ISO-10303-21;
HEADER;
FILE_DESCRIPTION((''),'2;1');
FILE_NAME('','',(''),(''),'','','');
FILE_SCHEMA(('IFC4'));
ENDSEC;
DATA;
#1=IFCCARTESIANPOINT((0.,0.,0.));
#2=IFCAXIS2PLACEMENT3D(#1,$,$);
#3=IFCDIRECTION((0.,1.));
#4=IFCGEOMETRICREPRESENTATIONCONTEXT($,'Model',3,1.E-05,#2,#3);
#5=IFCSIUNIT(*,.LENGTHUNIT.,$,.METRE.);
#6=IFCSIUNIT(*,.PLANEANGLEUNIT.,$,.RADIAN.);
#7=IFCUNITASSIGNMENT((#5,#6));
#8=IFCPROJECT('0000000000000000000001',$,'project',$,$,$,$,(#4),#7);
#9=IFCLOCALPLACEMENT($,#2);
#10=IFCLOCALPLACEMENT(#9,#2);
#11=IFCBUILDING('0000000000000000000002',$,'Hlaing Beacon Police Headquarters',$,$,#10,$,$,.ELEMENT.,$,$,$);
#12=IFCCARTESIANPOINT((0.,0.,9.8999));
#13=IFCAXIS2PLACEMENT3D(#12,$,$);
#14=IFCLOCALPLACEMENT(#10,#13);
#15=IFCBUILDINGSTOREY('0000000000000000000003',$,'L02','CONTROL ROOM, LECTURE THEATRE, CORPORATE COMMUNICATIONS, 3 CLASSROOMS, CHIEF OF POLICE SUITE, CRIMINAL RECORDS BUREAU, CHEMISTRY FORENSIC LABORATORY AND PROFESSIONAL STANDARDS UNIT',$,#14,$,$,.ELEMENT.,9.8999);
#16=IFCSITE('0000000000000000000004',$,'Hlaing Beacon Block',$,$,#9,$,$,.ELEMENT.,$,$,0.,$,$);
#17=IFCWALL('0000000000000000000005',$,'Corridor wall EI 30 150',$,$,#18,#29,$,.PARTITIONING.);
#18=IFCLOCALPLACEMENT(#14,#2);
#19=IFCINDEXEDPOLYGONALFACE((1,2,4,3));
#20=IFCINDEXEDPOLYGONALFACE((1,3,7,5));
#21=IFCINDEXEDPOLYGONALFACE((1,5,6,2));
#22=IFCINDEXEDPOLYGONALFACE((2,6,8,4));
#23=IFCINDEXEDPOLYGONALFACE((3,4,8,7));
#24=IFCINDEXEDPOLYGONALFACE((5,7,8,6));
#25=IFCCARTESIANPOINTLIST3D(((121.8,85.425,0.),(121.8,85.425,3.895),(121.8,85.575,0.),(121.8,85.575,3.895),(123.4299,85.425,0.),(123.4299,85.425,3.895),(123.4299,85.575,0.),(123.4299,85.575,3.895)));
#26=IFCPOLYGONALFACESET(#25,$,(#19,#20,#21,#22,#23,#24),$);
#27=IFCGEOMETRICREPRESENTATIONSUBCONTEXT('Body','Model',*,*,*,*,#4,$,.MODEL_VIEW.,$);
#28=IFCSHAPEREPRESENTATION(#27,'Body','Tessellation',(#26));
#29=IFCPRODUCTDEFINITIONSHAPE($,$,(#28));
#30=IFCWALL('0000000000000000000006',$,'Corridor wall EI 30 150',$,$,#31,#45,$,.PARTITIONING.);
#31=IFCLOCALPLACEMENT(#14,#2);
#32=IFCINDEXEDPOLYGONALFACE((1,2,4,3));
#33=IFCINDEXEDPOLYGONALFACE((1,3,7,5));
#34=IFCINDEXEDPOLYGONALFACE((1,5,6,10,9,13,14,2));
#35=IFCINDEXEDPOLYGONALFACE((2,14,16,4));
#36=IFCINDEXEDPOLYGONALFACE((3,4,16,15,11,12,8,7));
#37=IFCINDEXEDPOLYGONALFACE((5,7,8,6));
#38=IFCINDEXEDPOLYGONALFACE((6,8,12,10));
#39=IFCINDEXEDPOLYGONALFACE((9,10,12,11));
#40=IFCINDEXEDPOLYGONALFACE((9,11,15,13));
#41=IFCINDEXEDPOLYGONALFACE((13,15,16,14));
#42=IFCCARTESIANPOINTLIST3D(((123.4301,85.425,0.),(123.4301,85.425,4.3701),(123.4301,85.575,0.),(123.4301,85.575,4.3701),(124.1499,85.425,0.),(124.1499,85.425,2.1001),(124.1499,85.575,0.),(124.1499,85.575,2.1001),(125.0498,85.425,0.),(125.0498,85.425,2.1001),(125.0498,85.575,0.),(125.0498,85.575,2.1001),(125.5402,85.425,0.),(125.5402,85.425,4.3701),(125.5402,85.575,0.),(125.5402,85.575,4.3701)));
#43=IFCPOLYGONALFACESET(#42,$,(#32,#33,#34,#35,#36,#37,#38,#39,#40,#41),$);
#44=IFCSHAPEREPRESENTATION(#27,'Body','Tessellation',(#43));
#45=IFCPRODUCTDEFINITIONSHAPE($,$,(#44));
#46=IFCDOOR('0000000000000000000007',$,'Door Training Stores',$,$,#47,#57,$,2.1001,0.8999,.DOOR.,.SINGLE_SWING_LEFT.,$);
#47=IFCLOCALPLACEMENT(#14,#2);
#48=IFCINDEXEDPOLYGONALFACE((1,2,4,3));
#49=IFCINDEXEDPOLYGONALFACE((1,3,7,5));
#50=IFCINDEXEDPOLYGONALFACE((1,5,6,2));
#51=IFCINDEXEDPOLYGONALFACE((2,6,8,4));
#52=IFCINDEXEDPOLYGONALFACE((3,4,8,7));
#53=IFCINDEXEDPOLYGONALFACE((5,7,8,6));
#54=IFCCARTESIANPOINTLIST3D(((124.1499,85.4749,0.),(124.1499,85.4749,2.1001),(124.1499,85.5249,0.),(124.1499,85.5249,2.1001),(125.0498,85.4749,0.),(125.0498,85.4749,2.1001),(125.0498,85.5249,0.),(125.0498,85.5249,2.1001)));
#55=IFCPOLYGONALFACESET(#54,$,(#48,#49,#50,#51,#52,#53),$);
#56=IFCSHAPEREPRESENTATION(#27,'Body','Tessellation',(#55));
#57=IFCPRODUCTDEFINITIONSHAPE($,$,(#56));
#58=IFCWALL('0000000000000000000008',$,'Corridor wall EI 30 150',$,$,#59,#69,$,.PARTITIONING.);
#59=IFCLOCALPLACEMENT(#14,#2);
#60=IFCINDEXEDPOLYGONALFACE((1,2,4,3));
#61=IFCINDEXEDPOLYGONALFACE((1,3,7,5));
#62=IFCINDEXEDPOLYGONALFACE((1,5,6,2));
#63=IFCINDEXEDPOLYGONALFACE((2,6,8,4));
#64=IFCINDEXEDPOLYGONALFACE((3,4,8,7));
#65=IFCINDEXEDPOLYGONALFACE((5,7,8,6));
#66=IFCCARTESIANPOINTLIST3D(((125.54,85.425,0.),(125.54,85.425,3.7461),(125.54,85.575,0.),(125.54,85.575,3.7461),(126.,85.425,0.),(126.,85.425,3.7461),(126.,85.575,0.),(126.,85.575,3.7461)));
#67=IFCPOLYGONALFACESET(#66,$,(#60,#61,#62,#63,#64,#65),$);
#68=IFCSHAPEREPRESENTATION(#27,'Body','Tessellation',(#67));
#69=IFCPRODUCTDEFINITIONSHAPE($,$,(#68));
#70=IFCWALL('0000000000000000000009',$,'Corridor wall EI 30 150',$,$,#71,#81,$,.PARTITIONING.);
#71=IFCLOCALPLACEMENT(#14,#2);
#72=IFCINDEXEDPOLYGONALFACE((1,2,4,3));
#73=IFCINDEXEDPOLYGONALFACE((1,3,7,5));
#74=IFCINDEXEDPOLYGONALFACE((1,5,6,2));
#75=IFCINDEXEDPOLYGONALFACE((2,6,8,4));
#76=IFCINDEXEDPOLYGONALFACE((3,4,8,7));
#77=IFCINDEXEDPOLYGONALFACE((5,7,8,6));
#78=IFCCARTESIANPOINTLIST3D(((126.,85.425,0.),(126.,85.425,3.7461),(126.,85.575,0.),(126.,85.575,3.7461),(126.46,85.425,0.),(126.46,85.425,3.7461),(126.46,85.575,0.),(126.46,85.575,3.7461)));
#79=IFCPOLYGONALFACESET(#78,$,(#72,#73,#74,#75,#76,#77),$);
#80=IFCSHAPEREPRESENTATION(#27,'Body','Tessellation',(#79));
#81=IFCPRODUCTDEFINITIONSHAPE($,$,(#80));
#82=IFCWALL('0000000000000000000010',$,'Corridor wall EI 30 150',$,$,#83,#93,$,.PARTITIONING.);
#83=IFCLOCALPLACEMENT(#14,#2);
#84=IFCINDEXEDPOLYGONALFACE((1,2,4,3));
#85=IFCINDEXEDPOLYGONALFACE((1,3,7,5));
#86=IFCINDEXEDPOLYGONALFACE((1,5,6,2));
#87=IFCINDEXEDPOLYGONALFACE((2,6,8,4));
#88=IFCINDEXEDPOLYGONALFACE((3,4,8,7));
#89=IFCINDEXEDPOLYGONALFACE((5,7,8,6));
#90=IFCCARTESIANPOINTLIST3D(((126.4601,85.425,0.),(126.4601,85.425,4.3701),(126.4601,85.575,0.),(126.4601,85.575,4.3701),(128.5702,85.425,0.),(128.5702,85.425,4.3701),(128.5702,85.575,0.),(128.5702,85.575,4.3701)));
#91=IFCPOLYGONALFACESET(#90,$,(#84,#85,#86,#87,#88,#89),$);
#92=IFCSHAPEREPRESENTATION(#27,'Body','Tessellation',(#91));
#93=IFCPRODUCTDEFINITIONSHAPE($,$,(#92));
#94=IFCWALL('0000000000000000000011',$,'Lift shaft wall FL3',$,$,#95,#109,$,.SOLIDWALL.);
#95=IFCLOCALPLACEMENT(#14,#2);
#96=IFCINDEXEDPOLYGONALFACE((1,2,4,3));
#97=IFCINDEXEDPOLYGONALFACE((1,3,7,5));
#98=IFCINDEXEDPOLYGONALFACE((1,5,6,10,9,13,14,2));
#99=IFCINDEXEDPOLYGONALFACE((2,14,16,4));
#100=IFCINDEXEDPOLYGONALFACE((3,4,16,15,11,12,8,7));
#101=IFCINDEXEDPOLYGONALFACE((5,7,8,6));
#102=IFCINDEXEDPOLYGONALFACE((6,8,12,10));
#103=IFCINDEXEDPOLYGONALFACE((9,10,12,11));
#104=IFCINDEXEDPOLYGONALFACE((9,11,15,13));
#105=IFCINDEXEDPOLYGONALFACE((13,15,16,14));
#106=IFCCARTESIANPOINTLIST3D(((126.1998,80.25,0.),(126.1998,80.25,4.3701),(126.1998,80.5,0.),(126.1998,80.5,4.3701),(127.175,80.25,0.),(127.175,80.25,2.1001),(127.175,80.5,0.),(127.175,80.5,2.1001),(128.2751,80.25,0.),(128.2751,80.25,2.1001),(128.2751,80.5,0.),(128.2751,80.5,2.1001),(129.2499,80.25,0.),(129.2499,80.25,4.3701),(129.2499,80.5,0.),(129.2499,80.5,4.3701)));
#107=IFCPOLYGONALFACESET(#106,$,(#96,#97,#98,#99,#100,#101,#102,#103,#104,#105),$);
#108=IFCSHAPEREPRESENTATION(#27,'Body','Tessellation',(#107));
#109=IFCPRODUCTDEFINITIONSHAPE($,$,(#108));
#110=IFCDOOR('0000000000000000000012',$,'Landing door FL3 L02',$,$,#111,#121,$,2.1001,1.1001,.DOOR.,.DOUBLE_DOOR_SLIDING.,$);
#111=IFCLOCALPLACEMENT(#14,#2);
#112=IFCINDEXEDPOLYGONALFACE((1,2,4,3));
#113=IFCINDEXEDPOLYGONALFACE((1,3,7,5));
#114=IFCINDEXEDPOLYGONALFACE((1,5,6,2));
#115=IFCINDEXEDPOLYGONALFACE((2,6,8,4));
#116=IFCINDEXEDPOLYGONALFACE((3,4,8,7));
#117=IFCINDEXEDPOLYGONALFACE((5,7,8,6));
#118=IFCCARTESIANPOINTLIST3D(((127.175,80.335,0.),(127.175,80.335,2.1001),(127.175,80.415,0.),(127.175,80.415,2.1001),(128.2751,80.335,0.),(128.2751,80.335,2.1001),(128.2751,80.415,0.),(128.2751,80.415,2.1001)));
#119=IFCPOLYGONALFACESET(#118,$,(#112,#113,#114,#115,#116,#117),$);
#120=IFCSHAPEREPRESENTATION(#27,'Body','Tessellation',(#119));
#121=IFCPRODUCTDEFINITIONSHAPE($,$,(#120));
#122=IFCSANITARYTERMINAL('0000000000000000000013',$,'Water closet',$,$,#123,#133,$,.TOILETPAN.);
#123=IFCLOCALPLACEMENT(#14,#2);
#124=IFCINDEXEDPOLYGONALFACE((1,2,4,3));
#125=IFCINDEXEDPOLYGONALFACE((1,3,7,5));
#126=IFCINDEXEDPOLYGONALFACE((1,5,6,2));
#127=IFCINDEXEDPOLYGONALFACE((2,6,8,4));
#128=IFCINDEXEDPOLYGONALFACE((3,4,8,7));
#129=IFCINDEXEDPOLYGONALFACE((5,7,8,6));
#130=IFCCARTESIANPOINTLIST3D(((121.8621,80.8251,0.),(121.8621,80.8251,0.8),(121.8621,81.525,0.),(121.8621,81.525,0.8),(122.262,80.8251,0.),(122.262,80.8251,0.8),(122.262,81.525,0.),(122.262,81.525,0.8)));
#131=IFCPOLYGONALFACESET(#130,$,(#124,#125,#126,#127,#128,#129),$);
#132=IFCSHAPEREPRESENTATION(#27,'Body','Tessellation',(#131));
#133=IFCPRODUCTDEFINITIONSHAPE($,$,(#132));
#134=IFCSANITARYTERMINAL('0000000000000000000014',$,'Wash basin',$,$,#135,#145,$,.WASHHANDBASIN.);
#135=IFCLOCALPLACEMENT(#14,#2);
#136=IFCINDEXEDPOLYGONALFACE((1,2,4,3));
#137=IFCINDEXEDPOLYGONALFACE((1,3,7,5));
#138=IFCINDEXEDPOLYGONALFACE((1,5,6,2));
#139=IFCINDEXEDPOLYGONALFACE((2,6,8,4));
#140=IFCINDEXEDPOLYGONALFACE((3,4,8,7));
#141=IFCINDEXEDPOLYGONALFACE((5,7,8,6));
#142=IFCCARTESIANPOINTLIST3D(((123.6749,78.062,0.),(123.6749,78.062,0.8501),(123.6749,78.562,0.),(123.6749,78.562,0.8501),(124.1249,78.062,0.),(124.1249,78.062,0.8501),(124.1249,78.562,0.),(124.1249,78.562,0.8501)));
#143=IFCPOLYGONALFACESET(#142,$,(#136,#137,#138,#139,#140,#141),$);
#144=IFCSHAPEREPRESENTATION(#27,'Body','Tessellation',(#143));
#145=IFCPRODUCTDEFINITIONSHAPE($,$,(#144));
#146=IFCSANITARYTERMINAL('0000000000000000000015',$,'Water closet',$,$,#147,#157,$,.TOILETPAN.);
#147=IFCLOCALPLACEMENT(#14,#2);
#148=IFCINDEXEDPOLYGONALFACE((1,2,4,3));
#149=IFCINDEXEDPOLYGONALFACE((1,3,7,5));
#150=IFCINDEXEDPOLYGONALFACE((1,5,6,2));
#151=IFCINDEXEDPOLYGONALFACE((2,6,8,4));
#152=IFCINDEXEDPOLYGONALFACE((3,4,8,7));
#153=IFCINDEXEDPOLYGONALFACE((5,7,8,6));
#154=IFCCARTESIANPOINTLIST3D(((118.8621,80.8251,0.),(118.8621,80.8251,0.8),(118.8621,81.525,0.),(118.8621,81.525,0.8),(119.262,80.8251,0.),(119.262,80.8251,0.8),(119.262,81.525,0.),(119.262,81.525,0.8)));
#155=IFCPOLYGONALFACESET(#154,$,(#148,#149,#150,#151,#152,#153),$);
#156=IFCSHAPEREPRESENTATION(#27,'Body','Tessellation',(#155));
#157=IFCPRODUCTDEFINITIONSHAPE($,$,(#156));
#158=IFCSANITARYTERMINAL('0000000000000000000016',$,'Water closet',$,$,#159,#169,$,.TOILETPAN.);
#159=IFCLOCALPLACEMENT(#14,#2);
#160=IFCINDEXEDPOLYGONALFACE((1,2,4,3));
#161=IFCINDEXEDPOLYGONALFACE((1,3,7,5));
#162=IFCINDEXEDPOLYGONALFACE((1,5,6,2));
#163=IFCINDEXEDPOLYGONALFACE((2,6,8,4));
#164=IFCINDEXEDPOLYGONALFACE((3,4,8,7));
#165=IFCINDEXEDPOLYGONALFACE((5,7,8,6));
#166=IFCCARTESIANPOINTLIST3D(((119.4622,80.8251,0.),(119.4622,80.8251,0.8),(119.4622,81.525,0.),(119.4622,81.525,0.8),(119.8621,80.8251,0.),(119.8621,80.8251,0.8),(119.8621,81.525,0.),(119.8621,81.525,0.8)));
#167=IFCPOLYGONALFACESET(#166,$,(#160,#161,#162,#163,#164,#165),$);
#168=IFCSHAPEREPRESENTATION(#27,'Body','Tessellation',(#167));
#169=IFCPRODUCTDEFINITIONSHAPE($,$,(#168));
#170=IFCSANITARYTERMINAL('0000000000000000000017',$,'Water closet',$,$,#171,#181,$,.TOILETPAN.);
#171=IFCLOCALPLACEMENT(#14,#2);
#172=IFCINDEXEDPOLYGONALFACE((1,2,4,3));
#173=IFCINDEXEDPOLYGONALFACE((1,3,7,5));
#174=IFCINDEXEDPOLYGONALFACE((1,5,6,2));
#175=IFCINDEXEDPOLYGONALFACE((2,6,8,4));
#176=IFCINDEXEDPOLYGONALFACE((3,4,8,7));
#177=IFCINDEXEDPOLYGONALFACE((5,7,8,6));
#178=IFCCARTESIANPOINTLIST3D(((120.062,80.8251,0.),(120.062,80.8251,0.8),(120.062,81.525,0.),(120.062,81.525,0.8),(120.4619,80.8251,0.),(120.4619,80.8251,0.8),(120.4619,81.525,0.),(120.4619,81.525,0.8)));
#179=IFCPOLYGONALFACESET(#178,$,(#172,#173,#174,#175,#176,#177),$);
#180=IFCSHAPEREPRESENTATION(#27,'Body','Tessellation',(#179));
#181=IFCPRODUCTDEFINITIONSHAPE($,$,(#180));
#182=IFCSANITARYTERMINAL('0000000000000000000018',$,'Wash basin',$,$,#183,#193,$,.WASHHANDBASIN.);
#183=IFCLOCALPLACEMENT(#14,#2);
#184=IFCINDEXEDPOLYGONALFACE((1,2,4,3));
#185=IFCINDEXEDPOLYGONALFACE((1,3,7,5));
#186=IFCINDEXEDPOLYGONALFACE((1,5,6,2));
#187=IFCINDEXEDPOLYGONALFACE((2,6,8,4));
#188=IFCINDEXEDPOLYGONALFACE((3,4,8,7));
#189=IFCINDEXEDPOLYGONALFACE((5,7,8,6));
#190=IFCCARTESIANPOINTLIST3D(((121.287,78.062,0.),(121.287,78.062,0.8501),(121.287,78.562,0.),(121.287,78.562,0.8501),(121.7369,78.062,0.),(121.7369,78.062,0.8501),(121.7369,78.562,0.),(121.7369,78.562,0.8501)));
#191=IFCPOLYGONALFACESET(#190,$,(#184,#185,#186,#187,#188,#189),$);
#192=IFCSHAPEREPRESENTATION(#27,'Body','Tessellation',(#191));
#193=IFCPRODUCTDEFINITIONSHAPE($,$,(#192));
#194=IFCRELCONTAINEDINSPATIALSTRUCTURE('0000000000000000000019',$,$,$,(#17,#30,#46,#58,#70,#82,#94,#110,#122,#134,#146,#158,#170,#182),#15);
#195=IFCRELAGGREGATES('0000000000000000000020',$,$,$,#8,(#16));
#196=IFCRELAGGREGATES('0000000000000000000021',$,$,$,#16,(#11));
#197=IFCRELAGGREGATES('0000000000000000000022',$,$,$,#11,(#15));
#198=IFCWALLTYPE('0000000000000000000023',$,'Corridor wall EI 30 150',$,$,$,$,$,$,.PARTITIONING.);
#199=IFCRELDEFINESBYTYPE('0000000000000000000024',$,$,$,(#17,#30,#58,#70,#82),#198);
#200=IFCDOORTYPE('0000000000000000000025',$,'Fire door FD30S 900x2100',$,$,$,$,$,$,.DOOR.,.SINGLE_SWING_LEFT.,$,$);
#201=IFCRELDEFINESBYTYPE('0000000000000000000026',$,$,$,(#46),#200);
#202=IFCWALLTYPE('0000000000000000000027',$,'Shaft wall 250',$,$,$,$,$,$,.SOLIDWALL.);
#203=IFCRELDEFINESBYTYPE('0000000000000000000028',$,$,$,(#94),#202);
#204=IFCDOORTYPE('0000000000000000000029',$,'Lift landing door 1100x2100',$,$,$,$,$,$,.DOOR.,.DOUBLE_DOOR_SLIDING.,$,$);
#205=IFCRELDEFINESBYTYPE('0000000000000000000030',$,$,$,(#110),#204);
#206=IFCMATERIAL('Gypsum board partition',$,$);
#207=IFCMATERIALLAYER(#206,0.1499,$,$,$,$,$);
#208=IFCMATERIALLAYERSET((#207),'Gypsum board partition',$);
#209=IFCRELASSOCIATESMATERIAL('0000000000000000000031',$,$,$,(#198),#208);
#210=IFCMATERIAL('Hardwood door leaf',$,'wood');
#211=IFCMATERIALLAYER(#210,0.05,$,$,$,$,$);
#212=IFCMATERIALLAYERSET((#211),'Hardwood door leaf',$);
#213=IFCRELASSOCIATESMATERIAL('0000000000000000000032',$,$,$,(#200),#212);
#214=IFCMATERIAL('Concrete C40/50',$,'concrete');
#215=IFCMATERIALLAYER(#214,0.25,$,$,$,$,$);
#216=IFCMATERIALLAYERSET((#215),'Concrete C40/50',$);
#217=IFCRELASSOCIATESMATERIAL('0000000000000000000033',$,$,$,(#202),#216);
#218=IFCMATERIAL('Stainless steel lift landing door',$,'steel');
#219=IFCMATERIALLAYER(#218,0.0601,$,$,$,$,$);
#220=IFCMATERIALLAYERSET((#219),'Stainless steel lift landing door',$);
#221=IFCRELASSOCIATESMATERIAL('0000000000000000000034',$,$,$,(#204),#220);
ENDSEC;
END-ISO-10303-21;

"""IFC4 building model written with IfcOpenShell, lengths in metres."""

from ifc_helpers import new_model, si_unit, direction, frame, frame_2d, origin, origin_2d, place, context, subcontext, project, spatial, rectangle, extrude, material, layer, layer_set, type_object, element, fill, save


model = new_model("IFC4")

# Units and contexts
model_context = context("Model", 3, precision=1e-05, world=origin(), true_north=direction((0.0, 1.0)))
body_context = subcontext(model_context, "Body", "Model", "MODEL_VIEW")
ifc_project = project(units=[si_unit("LENGTHUNIT", "METRE"), si_unit("PLANEANGLEUNIT", "RADIAN")], contexts=[model_context])

# Site, building, storey
site_placement = place(None, origin())
site = spatial("IfcSite", under=ifc_project, at=site_placement, Name="Hlaing Beacon Block", CompositionType="ELEMENT", RefElevation=0.0)
building_placement = place(site_placement, origin())
building = spatial("IfcBuilding", under=site, at=building_placement, Name="Hlaing Beacon Police Headquarters", CompositionType="ELEMENT")
storey_placement = place(building_placement, frame((0.0, 0.0, 9.8999)))
storey = spatial("IfcBuildingStorey", under=building, at=storey_placement, Name="L02", Description="CONTROL ROOM, LECTURE THEATRE, CORPORATE COMMUNICATIONS, 3 CLASSROOMS, CHIEF OF POLICE SUITE, CRIMINAL RECORDS BUREAU, CHEMISTRY FORENSIC LABORATORY AND PROFESSIONAL STANDARDS UNIT", CompositionType="ELEMENT", Elevation=9.8999)

# Wall
ifc_material_1 = material(Name="Gypsum board partition")
ifc_layer_1 = layer(ifc_material_1, 0.1499)
ifc_layer_set_1 = layer_set([ifc_layer_1], Name="Gypsum board partition")
wall_type_1 = type_object("IfcWallType", Name="Corridor wall EI 30 150", PredefinedType="PARTITIONING", material=ifc_layer_set_1)
wall_1_placement = place(storey_placement, frame((121.8, 85.5, 0.0), z_axis=(0.0, 0.0, 1.0), x_axis=(1.0, 0.0, 0.0)))
element("IfcWall", 1, at=wall_1_placement, inside=storey, type_object=wall_type_1, Name="Corridor wall EI 30 150", PredefinedType="PARTITIONING", context=body_context, shape_type="SweptSolid", body=[
    extrude(rectangle(XDim=1.6299, YDim=0.1499, at=frame_2d((0.8149, 0.0))), origin(), (0.0, 0.0, 1.0), 3.895),
])

# Wall, opening, door
wall_2_placement = place(storey_placement, frame((123.4299, 85.5, 0.0), z_axis=(0.0, 0.0, 1.0), x_axis=(1.0, 0.0, 0.0)))
wall_2 = element("IfcWall", 2, at=wall_2_placement, inside=storey, type_object=wall_type_1, Name="Corridor wall EI 30 150", PredefinedType="PARTITIONING", context=body_context, shape_type="SweptSolid", body=[
    extrude(rectangle(XDim=2.1101, YDim=0.1499, at=frame_2d((1.0552, 0.0))), origin(), (0.0, 0.0, 1.0), 4.3701),
])
opening_1_placement = place(wall_2_placement, frame((0.72, 0.0, 0.0)))
opening_1 = element("IfcOpeningElement", 3, at=opening_1_placement, cuts=wall_2, PredefinedType="OPENING", context=body_context, shape_type="SweptSolid", body=[
    extrude(rectangle(XDim=0.8999, YDim=2.1001, at=frame_2d((0.45, 1.05))), frame((0.0, 0.085, 0.0), z_axis=(0.0, -1.0, 0.0), x_axis=(1.0, 0.0, 0.0)), (0.0, 0.0, 1.0), 0.1699),
])
ifc_material_2 = material(Name="Hardwood door leaf", Category="wood")
ifc_layer_2 = layer(ifc_material_2, 0.05)
ifc_layer_set_2 = layer_set([ifc_layer_2], Name="Hardwood door leaf")
door_type_1 = type_object("IfcDoorType", Name="Fire door FD30S 900x2100", OperationType="SINGLE_SWING_LEFT", PredefinedType="DOOR", material=ifc_layer_set_2)
door_1_placement = place(opening_1_placement, origin())
door_1 = element("IfcDoor", 4, at=door_1_placement, inside=storey, type_object=door_type_1, Name="Door Training Stores", OperationType="SINGLE_SWING_LEFT", OverallHeight=2.1001, OverallWidth=0.8999, PredefinedType="DOOR", context=body_context, shape_type="SweptSolid", body=[
    extrude(rectangle(XDim=0.8999, YDim=2.1001, at=frame_2d((0.45, 1.05))), frame((0.0, 0.0249, 0.0), z_axis=(0.0, -1.0, 0.0), x_axis=(1.0, 0.0, 0.0)), (0.0, 0.0, 1.0), 0.05),
])
fill(opening_1, door_1)

# Walls
for number, where, z_axis, x_axis, name in (
    (5, (125.54, 85.5, 0.0), (0.0, 0.0, 1.0), (1.0, 0.0, 0.0), "Corridor wall EI 30 150"),
    (6, (126.0, 85.5, 0.0), (0.0, 0.0, 1.0), (1.0, 0.0, 0.0), "Corridor wall EI 30 150"),
):
    element("IfcWall", number, at=place(storey_placement, frame(where, z_axis=z_axis, x_axis=x_axis)), inside=storey, type_object=wall_type_1, Name=name, PredefinedType="PARTITIONING", context=body_context, shape_type="SweptSolid", body=[
        extrude(rectangle(XDim=0.46, YDim=0.1499, at=frame_2d((0.23, 0.0))), origin(), (0.0, 0.0, 1.0), 3.7461),
    ])
wall_3_placement = place(storey_placement, frame((126.46, 85.5, 0.0), z_axis=(0.0, 0.0, 1.0), x_axis=(1.0, 0.0, 0.0)))
element("IfcWall", 7, at=wall_3_placement, inside=storey, type_object=wall_type_1, Name="Corridor wall EI 30 150", PredefinedType="PARTITIONING", context=body_context, shape_type="SweptSolid", body=[
    extrude(rectangle(XDim=2.1101, YDim=0.1499, at=frame_2d((1.0552, 0.0))), origin(), (0.0, 0.0, 1.0), 4.3701),
])

# Wall, opening, door
ifc_material_3 = material(Name="Concrete C40/50", Category="concrete")
ifc_layer_3 = layer(ifc_material_3, 0.25)
ifc_layer_set_3 = layer_set([ifc_layer_3], Name="Concrete C40/50")
wall_type_2 = type_object("IfcWallType", Name="Shaft wall 250", PredefinedType="SOLIDWALL", material=ifc_layer_set_3)
wall_4_placement = place(storey_placement, frame((126.2, 80.375, 0.0), z_axis=(0.0, 0.0, 1.0), x_axis=(1.0, 0.0, 0.0)))
wall_4 = element("IfcWall", 8, at=wall_4_placement, inside=storey, type_object=wall_type_2, Name="Lift shaft wall FL3", PredefinedType="SOLIDWALL", context=body_context, shape_type="SweptSolid", body=[
    extrude(rectangle(XDim=3.05, YDim=0.25, at=frame_2d((1.5249, 0.0))), origin(), (0.0, 0.0, 1.0), 4.3701),
])
opening_2_placement = place(wall_4_placement, frame((0.9751, 0.0, 0.0)))
opening_2 = element("IfcOpeningElement", 9, at=opening_2_placement, cuts=wall_4, PredefinedType="OPENING", context=body_context, shape_type="SweptSolid", body=[
    extrude(rectangle(XDim=1.1001, YDim=2.1001, at=frame_2d((0.55, 1.05))), frame((0.0, 0.135, 0.0), z_axis=(0.0, -1.0, 0.0), x_axis=(1.0, 0.0, 0.0)), (0.0, 0.0, 1.0), 0.27),
])
ifc_material_4 = material(Name="Stainless steel lift landing door", Category="steel")
ifc_layer_4 = layer(ifc_material_4, 0.0601)
ifc_layer_set_4 = layer_set([ifc_layer_4], Name="Stainless steel lift landing door")
door_type_2 = type_object("IfcDoorType", Name="Lift landing door 1100x2100", OperationType="DOUBLE_DOOR_SLIDING", PredefinedType="DOOR", material=ifc_layer_set_4)
door_2_placement = place(opening_2_placement, origin())
door_2 = element("IfcDoor", 10, at=door_2_placement, inside=storey, type_object=door_type_2, Name="Landing door FL3 L02", OperationType="DOUBLE_DOOR_SLIDING", OverallHeight=2.1001, OverallWidth=1.1001, PredefinedType="DOOR", context=body_context, shape_type="SweptSolid", body=[
    extrude(rectangle(XDim=1.1001, YDim=2.1001, at=frame_2d((0.55, 1.05))), frame((0.0, 0.04, 0.0), z_axis=(0.0, -1.0, 0.0), x_axis=(1.0, 0.0, 0.0)), (0.0, 0.0, 1.0), 0.0801),
])
fill(opening_2, door_2)

# Sanitary terminals
sanitary_terminal_1_placement = place(storey_placement, frame((122.062, 81.175, 0.0), z_axis=(0.0, 0.0, 1.0), x_axis=(1.0, 0.0, 0.0)))
element("IfcSanitaryTerminal", 11, at=sanitary_terminal_1_placement, inside=storey, Name="Water closet", PredefinedType="TOILETPAN", context=body_context, shape_type="SweptSolid", body=[
    extrude(rectangle(XDim=0.3999, YDim=0.7, at=origin_2d()), origin(), (0.0, 0.0, 1.0), 0.8),
])
sanitary_terminal_2_placement = place(storey_placement, frame((123.8999, 78.312, 0.0), z_axis=(0.0, 0.0, 1.0), x_axis=(1.0, 0.0, 0.0)))
element("IfcSanitaryTerminal", 12, at=sanitary_terminal_2_placement, inside=storey, Name="Wash basin", PredefinedType="WASHHANDBASIN", context=body_context, shape_type="SweptSolid", body=[
    extrude(rectangle(XDim=0.45, YDim=0.5, at=origin_2d()), origin(), (0.0, 0.0, 1.0), 0.8501),
])
for number, where, z_axis, x_axis, name in (
    (13, (119.062, 81.175, 0.0), (0.0, 0.0, 1.0), (1.0, 0.0, 0.0), "Water closet"),
    (14, (119.6621, 81.175, 0.0), (0.0, 0.0, 1.0), (1.0, 0.0, 0.0), "Water closet"),
    (15, (120.262, 81.175, 0.0), (0.0, 0.0, 1.0), (1.0, 0.0, 0.0), "Water closet"),
):
    element("IfcSanitaryTerminal", number, at=place(storey_placement, frame(where, z_axis=z_axis, x_axis=x_axis)), inside=storey, Name=name, PredefinedType="TOILETPAN", context=body_context, shape_type="SweptSolid", body=[
        extrude(rectangle(XDim=0.3999, YDim=0.7, at=origin_2d()), origin(), (0.0, 0.0, 1.0), 0.8),
    ])
for number, where, z_axis, x_axis, name in (
    (16, (121.512, 78.312, 0.0), (0.0, 0.0, 1.0), (1.0, 0.0, 0.0), "Wash basin"),
):
    element("IfcSanitaryTerminal", number, at=place(storey_placement, frame(where, z_axis=z_axis, x_axis=x_axis)), inside=storey, Name=name, PredefinedType="WASHHANDBASIN", context=body_context, shape_type="SweptSolid", body=[
        extrude(rectangle(XDim=0.45, YDim=0.5, at=origin_2d()), origin(), (0.0, 0.0, 1.0), 0.8501),
    ])

save(model, "model.ifc")
